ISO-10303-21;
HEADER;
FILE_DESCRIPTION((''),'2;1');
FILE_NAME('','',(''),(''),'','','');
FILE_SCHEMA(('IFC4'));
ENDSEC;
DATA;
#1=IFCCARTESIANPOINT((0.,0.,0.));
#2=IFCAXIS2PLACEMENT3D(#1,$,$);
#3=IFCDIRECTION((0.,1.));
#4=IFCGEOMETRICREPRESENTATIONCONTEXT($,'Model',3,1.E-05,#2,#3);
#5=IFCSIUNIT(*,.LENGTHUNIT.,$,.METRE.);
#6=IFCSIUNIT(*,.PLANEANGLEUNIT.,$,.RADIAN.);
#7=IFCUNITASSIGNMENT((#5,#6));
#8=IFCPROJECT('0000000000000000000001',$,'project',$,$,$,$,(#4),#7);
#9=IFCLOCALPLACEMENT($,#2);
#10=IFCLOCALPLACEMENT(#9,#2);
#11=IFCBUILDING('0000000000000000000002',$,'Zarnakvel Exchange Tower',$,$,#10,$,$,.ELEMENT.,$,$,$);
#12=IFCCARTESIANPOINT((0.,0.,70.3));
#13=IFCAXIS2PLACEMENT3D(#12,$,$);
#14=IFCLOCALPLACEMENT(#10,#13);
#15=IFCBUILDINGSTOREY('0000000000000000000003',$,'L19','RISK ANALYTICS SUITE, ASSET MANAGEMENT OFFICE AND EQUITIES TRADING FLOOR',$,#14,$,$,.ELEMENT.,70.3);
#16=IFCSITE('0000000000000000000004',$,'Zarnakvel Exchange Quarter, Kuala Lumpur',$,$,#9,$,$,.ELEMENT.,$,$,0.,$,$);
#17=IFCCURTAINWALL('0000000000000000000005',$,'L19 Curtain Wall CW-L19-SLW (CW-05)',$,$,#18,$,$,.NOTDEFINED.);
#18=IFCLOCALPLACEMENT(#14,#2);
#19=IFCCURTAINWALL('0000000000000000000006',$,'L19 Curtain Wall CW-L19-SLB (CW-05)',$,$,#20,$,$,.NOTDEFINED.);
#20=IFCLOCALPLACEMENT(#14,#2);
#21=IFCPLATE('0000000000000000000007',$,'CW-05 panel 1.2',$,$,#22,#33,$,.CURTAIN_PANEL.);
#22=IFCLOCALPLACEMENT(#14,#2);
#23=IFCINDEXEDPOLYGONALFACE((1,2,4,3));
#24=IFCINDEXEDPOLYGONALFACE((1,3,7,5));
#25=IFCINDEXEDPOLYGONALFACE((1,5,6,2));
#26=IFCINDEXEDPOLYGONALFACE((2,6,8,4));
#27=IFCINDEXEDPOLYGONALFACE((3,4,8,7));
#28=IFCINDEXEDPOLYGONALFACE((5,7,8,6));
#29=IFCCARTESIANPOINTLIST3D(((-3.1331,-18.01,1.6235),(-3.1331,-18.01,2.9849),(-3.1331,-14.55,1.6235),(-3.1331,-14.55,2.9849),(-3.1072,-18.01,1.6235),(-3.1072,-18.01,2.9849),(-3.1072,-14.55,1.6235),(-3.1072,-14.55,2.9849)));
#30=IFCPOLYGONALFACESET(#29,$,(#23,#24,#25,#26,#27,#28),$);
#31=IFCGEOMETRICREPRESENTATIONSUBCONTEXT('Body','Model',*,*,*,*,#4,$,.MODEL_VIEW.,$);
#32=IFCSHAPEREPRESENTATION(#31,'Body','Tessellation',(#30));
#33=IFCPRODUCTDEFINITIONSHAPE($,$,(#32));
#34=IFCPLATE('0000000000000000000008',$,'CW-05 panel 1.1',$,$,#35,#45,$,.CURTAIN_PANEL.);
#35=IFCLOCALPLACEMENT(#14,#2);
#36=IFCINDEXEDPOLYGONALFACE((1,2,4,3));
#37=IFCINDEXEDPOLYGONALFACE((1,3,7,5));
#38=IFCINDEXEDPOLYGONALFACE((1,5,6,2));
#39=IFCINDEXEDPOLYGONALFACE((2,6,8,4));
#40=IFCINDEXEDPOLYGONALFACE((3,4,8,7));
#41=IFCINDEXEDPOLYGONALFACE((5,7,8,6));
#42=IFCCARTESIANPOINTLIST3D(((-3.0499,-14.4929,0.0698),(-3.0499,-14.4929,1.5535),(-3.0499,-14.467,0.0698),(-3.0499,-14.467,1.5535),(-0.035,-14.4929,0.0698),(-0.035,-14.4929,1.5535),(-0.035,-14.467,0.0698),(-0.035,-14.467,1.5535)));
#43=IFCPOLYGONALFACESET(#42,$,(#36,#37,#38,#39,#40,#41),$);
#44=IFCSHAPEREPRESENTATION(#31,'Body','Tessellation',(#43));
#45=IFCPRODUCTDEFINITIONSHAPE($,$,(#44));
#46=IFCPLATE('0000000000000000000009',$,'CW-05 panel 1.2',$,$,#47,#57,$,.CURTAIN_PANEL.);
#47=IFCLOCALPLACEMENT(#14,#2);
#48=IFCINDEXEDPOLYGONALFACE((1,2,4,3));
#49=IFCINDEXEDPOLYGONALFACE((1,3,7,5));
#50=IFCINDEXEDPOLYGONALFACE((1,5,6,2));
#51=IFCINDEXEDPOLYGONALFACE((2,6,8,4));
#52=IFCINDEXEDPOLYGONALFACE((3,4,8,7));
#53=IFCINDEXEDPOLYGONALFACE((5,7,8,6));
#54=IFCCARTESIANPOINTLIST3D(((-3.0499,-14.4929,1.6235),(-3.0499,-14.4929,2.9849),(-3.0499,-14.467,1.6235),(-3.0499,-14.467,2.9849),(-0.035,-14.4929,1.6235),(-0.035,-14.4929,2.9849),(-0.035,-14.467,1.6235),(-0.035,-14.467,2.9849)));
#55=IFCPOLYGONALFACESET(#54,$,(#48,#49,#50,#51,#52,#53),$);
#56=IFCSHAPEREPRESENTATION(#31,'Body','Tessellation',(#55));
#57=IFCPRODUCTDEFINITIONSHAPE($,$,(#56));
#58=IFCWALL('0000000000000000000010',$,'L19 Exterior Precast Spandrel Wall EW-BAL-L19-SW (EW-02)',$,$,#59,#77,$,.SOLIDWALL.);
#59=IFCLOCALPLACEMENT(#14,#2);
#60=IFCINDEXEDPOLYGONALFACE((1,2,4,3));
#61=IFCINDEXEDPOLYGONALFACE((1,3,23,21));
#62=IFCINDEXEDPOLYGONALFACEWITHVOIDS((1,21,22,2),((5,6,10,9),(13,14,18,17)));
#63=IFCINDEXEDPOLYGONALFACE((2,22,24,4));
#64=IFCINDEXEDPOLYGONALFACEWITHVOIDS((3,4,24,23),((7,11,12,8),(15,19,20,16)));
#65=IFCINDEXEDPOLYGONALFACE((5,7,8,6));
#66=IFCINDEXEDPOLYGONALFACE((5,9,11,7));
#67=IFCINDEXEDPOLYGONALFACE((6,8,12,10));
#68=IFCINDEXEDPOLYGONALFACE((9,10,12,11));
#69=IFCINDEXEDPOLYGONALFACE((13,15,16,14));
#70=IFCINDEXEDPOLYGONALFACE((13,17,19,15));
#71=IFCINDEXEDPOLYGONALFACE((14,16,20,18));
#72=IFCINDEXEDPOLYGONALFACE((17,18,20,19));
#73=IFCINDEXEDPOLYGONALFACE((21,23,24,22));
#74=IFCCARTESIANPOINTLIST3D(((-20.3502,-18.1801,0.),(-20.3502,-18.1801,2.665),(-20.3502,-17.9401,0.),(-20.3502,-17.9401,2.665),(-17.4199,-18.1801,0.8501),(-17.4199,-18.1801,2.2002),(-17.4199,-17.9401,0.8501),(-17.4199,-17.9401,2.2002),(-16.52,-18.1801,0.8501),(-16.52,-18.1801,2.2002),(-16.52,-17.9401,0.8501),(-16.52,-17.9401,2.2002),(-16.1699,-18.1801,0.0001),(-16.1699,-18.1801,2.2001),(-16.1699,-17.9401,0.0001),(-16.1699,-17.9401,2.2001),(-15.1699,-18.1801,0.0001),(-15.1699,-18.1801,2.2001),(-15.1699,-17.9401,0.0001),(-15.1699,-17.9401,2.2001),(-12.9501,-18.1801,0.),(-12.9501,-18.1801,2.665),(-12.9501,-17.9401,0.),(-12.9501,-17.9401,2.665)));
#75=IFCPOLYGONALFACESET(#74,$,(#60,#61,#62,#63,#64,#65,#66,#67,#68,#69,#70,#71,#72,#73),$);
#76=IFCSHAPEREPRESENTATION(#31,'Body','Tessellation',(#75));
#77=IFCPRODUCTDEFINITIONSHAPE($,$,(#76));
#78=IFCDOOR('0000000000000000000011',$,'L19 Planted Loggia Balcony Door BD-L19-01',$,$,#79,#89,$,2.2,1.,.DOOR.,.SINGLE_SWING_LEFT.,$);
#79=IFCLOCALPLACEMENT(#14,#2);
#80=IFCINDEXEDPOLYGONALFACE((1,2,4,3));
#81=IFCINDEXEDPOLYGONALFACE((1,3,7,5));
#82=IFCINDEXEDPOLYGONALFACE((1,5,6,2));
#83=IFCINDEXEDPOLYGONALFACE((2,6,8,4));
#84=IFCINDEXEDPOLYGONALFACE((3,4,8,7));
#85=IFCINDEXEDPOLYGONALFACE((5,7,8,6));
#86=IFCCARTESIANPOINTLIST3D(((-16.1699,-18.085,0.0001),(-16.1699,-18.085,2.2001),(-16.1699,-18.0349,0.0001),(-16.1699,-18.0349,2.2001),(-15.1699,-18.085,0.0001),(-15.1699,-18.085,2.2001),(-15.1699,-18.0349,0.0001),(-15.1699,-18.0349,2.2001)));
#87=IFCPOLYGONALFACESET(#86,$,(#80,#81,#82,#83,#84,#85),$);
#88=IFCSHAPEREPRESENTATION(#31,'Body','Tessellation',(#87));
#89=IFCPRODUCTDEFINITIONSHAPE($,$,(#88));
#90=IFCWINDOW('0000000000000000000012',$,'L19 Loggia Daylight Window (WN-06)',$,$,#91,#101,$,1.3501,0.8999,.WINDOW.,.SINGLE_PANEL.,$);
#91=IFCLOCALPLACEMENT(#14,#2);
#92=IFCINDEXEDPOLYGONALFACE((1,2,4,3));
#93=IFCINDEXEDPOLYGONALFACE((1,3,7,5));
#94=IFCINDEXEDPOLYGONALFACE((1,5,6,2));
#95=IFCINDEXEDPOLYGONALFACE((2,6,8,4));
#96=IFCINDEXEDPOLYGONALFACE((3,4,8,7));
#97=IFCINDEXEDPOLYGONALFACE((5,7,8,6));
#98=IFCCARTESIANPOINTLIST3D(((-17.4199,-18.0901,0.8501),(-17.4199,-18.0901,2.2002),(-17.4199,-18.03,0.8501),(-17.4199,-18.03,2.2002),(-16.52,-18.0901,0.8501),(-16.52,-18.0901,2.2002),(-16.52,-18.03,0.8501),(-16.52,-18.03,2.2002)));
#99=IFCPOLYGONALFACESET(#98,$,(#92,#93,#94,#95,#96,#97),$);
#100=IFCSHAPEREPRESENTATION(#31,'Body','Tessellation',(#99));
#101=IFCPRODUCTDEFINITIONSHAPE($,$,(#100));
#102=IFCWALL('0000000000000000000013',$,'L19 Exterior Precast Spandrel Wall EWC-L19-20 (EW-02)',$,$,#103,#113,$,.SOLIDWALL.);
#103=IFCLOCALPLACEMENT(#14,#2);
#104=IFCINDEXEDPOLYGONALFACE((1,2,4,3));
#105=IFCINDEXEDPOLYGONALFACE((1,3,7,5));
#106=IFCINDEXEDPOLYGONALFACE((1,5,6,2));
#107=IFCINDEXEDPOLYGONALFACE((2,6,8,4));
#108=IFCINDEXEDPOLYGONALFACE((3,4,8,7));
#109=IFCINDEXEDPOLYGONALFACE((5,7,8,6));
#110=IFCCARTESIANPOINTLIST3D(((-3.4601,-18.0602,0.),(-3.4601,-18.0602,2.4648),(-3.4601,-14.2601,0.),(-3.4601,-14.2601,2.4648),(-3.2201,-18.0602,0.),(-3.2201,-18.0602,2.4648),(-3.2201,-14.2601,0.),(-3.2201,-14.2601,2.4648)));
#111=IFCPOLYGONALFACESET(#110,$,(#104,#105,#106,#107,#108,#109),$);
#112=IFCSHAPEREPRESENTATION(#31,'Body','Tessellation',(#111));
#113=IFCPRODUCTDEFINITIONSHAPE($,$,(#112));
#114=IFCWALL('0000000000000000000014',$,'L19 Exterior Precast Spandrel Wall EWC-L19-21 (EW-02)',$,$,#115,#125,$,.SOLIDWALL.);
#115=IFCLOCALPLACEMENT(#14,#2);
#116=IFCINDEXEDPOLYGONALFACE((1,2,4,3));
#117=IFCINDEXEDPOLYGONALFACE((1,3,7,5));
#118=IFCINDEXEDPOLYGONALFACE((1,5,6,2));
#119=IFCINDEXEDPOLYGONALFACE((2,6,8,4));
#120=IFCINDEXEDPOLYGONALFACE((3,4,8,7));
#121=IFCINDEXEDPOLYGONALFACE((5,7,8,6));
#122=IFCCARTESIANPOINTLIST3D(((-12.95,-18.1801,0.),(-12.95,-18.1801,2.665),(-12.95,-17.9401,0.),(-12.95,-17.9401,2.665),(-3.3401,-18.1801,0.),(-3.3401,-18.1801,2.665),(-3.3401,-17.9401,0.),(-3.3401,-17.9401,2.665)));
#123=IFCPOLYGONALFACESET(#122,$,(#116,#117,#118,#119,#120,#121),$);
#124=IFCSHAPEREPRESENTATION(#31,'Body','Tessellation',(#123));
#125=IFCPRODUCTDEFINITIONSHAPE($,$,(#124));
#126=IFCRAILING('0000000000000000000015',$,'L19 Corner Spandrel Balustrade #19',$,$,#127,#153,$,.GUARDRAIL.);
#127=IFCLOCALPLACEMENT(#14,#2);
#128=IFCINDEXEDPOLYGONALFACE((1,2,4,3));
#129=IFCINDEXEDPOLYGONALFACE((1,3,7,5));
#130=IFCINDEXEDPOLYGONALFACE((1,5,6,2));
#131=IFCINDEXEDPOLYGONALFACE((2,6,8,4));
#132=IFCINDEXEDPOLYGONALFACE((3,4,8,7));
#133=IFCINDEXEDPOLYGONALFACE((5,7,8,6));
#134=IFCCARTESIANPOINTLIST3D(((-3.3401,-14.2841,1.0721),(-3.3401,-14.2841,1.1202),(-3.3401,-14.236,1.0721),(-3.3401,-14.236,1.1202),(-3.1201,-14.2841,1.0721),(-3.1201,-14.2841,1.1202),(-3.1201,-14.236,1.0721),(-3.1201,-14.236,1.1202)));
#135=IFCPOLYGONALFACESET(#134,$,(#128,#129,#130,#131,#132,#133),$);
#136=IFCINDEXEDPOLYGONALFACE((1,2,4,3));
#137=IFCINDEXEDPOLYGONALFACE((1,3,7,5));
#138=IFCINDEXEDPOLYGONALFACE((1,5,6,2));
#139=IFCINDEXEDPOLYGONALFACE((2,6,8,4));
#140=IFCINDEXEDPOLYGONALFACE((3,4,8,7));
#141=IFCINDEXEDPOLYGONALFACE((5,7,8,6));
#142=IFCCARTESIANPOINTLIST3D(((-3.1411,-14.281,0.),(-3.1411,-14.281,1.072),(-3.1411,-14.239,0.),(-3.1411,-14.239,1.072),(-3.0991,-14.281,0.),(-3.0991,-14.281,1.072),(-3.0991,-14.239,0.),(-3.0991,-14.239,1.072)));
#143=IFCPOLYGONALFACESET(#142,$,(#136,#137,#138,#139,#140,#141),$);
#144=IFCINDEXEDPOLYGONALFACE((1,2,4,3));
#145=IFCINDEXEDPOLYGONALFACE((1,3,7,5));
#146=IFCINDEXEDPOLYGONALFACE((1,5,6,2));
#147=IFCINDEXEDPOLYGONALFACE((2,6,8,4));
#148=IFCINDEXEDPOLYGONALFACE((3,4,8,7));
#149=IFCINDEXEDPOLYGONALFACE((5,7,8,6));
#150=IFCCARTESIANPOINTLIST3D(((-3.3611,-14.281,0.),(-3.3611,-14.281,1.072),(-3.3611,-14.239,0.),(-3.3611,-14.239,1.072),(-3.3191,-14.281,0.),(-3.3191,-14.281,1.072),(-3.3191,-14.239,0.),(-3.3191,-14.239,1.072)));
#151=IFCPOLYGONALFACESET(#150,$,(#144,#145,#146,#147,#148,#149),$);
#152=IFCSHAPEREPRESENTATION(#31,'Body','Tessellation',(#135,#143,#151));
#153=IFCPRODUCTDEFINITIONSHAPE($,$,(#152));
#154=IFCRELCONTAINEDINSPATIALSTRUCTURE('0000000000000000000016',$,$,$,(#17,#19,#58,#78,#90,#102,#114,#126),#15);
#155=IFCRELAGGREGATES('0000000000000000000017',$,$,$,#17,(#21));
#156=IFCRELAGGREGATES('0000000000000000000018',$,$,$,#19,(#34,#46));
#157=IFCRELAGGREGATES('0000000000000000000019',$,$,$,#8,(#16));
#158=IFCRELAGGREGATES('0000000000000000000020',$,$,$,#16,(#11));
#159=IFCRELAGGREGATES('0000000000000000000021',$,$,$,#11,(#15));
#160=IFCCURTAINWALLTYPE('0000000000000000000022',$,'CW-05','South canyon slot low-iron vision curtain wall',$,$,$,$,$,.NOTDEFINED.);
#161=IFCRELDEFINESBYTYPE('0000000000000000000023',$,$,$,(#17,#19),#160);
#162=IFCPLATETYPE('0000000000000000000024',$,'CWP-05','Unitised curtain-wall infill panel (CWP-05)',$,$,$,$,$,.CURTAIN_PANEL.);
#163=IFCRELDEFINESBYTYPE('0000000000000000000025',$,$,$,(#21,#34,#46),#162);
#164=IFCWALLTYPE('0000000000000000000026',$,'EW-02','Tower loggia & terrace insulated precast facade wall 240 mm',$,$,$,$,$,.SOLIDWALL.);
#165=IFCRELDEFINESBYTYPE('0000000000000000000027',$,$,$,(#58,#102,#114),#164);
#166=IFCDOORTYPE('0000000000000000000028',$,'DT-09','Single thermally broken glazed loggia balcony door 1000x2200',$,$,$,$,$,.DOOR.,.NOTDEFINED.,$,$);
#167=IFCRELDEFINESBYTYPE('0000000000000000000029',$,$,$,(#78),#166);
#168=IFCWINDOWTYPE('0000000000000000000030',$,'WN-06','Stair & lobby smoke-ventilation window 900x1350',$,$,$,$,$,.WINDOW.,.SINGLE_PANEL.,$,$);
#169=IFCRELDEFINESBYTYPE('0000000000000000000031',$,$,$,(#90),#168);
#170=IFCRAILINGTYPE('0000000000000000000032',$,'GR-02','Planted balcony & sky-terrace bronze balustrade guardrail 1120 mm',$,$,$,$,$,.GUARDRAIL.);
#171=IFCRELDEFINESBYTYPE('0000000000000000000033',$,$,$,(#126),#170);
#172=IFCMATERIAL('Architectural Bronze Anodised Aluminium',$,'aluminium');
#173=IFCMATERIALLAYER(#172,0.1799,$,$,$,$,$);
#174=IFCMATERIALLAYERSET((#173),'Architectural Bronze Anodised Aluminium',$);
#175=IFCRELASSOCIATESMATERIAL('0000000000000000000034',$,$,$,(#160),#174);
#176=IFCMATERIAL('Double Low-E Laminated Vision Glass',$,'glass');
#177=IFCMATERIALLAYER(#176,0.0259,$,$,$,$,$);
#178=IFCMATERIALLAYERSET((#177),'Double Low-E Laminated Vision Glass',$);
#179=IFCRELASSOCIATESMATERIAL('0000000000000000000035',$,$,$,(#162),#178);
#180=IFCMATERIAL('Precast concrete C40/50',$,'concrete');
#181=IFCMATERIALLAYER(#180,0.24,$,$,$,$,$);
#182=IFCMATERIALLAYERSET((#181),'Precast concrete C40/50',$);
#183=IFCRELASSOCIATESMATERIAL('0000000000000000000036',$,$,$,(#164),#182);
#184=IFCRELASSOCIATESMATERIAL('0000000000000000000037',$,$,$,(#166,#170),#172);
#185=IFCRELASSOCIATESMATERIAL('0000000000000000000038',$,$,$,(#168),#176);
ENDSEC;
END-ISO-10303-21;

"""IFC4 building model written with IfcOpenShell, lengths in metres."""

from ifc_helpers import new_model, si_unit, direction, frame, frame_2d, origin, origin_2d, place, context, subcontext, project, spatial, rectangle, extrude, source, transform, mapped, material, layer, layer_set, type_object, element, fill, aggregate, save


model = new_model("IFC4")

# Units and contexts
model_context = context("Model", 3, precision=1e-05, world=origin(), true_north=direction((0.0, 1.0)))
body_context = subcontext(model_context, "Body", "Model", "MODEL_VIEW")
ifc_project = project(units=[si_unit("LENGTHUNIT", "METRE"), si_unit("PLANEANGLEUNIT", "RADIAN")], contexts=[model_context])

# Site, building, storey
site_placement = place(None, origin())
site = spatial("IfcSite", under=ifc_project, at=site_placement, Name="Zarnakvel Exchange Quarter, Kuala Lumpur", CompositionType="ELEMENT", RefElevation=0.0)
building_placement = place(site_placement, origin())
building = spatial("IfcBuilding", under=site, at=building_placement, Name="Zarnakvel Exchange Tower", CompositionType="ELEMENT")
storey_placement = place(building_placement, frame((0.0, 0.0, 70.3)))
storey = spatial("IfcBuildingStorey", under=building, at=storey_placement, Name="L19", Description="RISK ANALYTICS SUITE, ASSET MANAGEMENT OFFICE AND EQUITIES TRADING FLOOR", CompositionType="ELEMENT", Elevation=70.3)

# Curtain walls
ifc_material_1 = material(Name="Architectural Bronze Anodised Aluminium", Category="aluminium")
ifc_layer_1 = layer(ifc_material_1, 0.1799)
ifc_layer_set_1 = layer_set([ifc_layer_1], Name="Architectural Bronze Anodised Aluminium")
curtain_wall_type = type_object("IfcCurtainWallType", Name="CW-05", Description="South canyon slot low-iron vision curtain wall", PredefinedType="NOTDEFINED", material=ifc_layer_set_1)
curtain_wall_1_placement = place(storey_placement, origin())
curtain_wall_1 = element("IfcCurtainWall", 1, at=curtain_wall_1_placement, inside=storey, type_object=curtain_wall_type, Name="L19 Curtain Wall CW-L19-SLW (CW-05)", PredefinedType="NOTDEFINED")
curtain_wall_2_placement = place(storey_placement, origin())
curtain_wall_2 = element("IfcCurtainWall", 2, at=curtain_wall_2_placement, inside=storey, type_object=curtain_wall_type, Name="L19 Curtain Wall CW-L19-SLB (CW-05)", PredefinedType="NOTDEFINED")

# Plates
ifc_material_2 = material(Name="Double Low-E Laminated Vision Glass", Category="glass")
ifc_layer_2 = layer(ifc_material_2, 0.0259)
ifc_layer_set_2 = layer_set([ifc_layer_2], Name="Double Low-E Laminated Vision Glass")
plate_type = type_object("IfcPlateType", Name="CWP-05", Description="Unitised curtain-wall infill panel (CWP-05)", PredefinedType="CURTAIN_PANEL", material=ifc_layer_set_2)
shared_shape_1 = source(origin(), body_context, "Body", "SweptSolid", [
    extrude(rectangle(XDim=3.46, YDim=0.0259, at=origin_2d()), origin(), (0.0, 0.0, 1.0), 1.3613),
])
plate_1_placement = place(storey_placement, frame((-3.1201, -16.28, 1.6235), z_axis=(0.0, 0.0, 1.0), x_axis=(0.0, 1.0, 0.0)))
plate_1 = element("IfcPlate", 3, at=plate_1_placement, type_object=plate_type, Name="CW-05 panel 1.2", PredefinedType="CURTAIN_PANEL", context=body_context, shape_type="MappedRepresentation", body=[
    mapped(shared_shape_1, transform((0.0, 0.0, 0.0), x_axis=(1.0, 0.0, 0.0), y_axis=(0.0, 1.0, 0.0), z_axis=(0.0, 0.0, 1.0), scale=1.0)),
])
aggregate(curtain_wall_1, [plate_1])
shared_shape_2 = source(origin(), body_context, "Body", "SweptSolid", [
    extrude(rectangle(XDim=3.0149, YDim=0.0259, at=origin_2d()), origin(), (0.0, 0.0, 1.0), 1.4836),
])
plate_2_placement = place(storey_placement, frame((-1.5425, -14.48, 0.0698), z_axis=(0.0, 0.0, 1.0), x_axis=(1.0, 0.0, 0.0)))
plate_2 = element("IfcPlate", 4, at=plate_2_placement, type_object=plate_type, Name="CW-05 panel 1.1", PredefinedType="CURTAIN_PANEL", context=body_context, shape_type="MappedRepresentation", body=[
    mapped(shared_shape_2, transform((0.0, 0.0, 0.0), x_axis=(1.0, 0.0, 0.0), y_axis=(0.0, 1.0, 0.0), z_axis=(0.0, 0.0, 1.0), scale=1.0)),
])
shared_shape_3 = source(origin(), body_context, "Body", "SweptSolid", [
    extrude(rectangle(XDim=3.0149, YDim=0.0259, at=origin_2d()), origin(), (0.0, 0.0, 1.0), 1.3613),
])
plate_3_placement = place(storey_placement, frame((-1.5425, -14.48, 1.6235), z_axis=(0.0, 0.0, 1.0), x_axis=(1.0, 0.0, 0.0)))
plate_3 = element("IfcPlate", 5, at=plate_3_placement, type_object=plate_type, Name="CW-05 panel 1.2", PredefinedType="CURTAIN_PANEL", context=body_context, shape_type="MappedRepresentation", body=[
    mapped(shared_shape_3, transform((0.0, 0.0, 0.0), x_axis=(1.0, 0.0, 0.0), y_axis=(0.0, 1.0, 0.0), z_axis=(0.0, 0.0, 1.0), scale=1.0)),
])
aggregate(curtain_wall_2, [plate_2, plate_3])

# Wall, openings, door, window
ifc_material_3 = material(Name="Precast concrete C40/50", Category="concrete")
ifc_layer_3 = layer(ifc_material_3, 0.24)
ifc_layer_set_3 = layer_set([ifc_layer_3], Name="Precast concrete C40/50")
wall_type = type_object("IfcWallType", Name="EW-02", Description="Tower loggia & terrace insulated precast facade wall 240 mm", PredefinedType="SOLIDWALL", material=ifc_layer_set_3)
wall_1_placement = place(storey_placement, frame((-12.95, -18.0601, 0.0), z_axis=(0.0, 0.0, 1.0), x_axis=(-1.0, 0.0, 0.0)))
wall_1 = element("IfcWall", 6, at=wall_1_placement, inside=storey, type_object=wall_type, Name="L19 Exterior Precast Spandrel Wall EW-BAL-L19-SW (EW-02)", PredefinedType="SOLIDWALL", context=body_context, shape_type="SweptSolid", body=[
    extrude(rectangle(XDim=7.4001, YDim=0.24, at=frame_2d((3.7002, 0.0))), origin(), (0.0, 0.0, 1.0), 2.665),
])
opening_1_placement = place(wall_1_placement, frame((2.22, 0.0, 0.0)))
opening_1 = element("IfcOpeningElement", 7, at=opening_1_placement, cuts=wall_1, PredefinedType="OPENING", context=body_context, shape_type="SweptSolid", body=[
    extrude(rectangle(XDim=1.0, YDim=2.2, at=frame_2d((0.5, 1.1001))), frame((0.0, 0.1299, 0.0), z_axis=(0.0, -1.0, 0.0), x_axis=(1.0, 0.0, 0.0)), (0.0, 0.0, 1.0), 0.26),
])
opening_2_placement = place(wall_1_placement, frame((3.5701, 0.0, 0.8501)))
opening_2 = element("IfcOpeningElement", 8, at=opening_2_placement, cuts=wall_1, PredefinedType="OPENING", context=body_context, shape_type="SweptSolid", body=[
    extrude(rectangle(XDim=0.8999, YDim=1.3501, at=frame_2d((0.45, 0.675))), frame((0.0, 0.1299, 0.0), z_axis=(0.0, -1.0, 0.0), x_axis=(1.0, 0.0, 0.0)), (0.0, 0.0, 1.0), 0.26),
])
door_type = type_object("IfcDoorType", Name="DT-09", Description="Single thermally broken glazed loggia balcony door 1000x2200", OperationType="NOTDEFINED", PredefinedType="DOOR", material=ifc_material_1)
shared_shape_4 = source(origin(), body_context, "Body", "SweptSolid", [
    extrude(rectangle(XDim=1.0, YDim=2.2, at=frame_2d((0.5, 1.1001))), frame((0.0, 0.0249, 0.0), z_axis=(0.0, -1.0, 0.0), x_axis=(1.0, 0.0, 0.0)), (0.0, 0.0, 1.0), 0.05),
])
door_placement = place(opening_1_placement, origin())
door = element("IfcDoor", 9, at=door_placement, inside=storey, type_object=door_type, Name="L19 Planted Loggia Balcony Door BD-L19-01", OperationType="SINGLE_SWING_LEFT", OverallHeight=2.2, OverallWidth=1.0, PredefinedType="DOOR", context=body_context, shape_type="MappedRepresentation", body=[
    mapped(shared_shape_4, transform((0.0, 0.0, 0.0), x_axis=(1.0, 0.0, 0.0), y_axis=(0.0, 1.0, 0.0), z_axis=(0.0, 0.0, 1.0), scale=1.0)),
])
fill(opening_1, door)
window_type = type_object("IfcWindowType", Name="WN-06", Description="Stair & lobby smoke-ventilation window 900x1350", PartitioningType="SINGLE_PANEL", PredefinedType="WINDOW", material=ifc_material_2)
shared_shape_5 = source(origin(), body_context, "Body", "SweptSolid", [
    extrude(rectangle(XDim=0.8999, YDim=1.3501, at=frame_2d((0.45, 0.675))), frame((0.0, 0.03, 0.0), z_axis=(0.0, -1.0, 0.0), x_axis=(1.0, 0.0, 0.0)), (0.0, 0.0, 1.0), 0.0601),
])
window_placement = place(opening_2_placement, origin())
window = element("IfcWindow", 10, at=window_placement, inside=storey, type_object=window_type, Name="L19 Loggia Daylight Window (WN-06)", OverallHeight=1.3501, OverallWidth=0.8999, PartitioningType="SINGLE_PANEL", PredefinedType="WINDOW", context=body_context, shape_type="MappedRepresentation", body=[
    mapped(shared_shape_5, transform((0.0, 0.0, 0.0), x_axis=(1.0, 0.0, 0.0), y_axis=(0.0, 1.0, 0.0), z_axis=(0.0, 0.0, 1.0), scale=1.0)),
])
fill(opening_2, window)

# Walls
wall_2_placement = place(storey_placement, frame((-3.3401, -18.0601, 0.0), z_axis=(0.0, 0.0, 1.0), x_axis=(0.0, 1.0, 0.0)))
element("IfcWall", 11, at=wall_2_placement, inside=storey, type_object=wall_type, Name="L19 Exterior Precast Spandrel Wall EWC-L19-20 (EW-02)", PredefinedType="SOLIDWALL", context=body_context, shape_type="SweptSolid", body=[
    extrude(rectangle(XDim=3.8, YDim=0.24, at=frame_2d((1.8999, 0.0))), origin(), (0.0, 0.0, 1.0), 2.4648),
])
wall_3_placement = place(storey_placement, frame((-12.95, -18.0601, 0.0), z_axis=(0.0, 0.0, 1.0), x_axis=(1.0, 0.0, 0.0)))
element("IfcWall", 12, at=wall_3_placement, inside=storey, type_object=wall_type, Name="L19 Exterior Precast Spandrel Wall EWC-L19-21 (EW-02)", PredefinedType="SOLIDWALL", context=body_context, shape_type="SweptSolid", body=[
    extrude(rectangle(XDim=9.6099, YDim=0.24, at=frame_2d((4.8049, 0.0))), origin(), (0.0, 0.0, 1.0), 2.665),
])

# Railing
railing_type = type_object("IfcRailingType", Name="GR-02", Description="Planted balcony & sky-terrace bronze balustrade guardrail 1120 mm", PredefinedType="GUARDRAIL", material=ifc_material_1)
railing_placement = place(storey_placement, frame((-3.1201, -14.26, 0.0)))
element("IfcRailing", 13, at=railing_placement, inside=storey, type_object=railing_type, Name="L19 Corner Spandrel Balustrade #19", PredefinedType="GUARDRAIL", context=body_context, shape_type="SweptSolid", body=[
    extrude(rectangle(XDim=0.0481, YDim=0.0481, at=origin_2d()), frame((0.0, 0.0, 1.0962), z_axis=(-1.0, 0.0, 0.0), x_axis=(0.0, -1.0, 0.0)), (0.0, 0.0, 1.0), 0.22),
    extrude(rectangle(XDim=0.042, YDim=0.042, at=origin_2d()), origin(), (0.0, 0.0, 1.0), 1.072),
    extrude(rectangle(XDim=0.042, YDim=0.042, at=origin_2d()), frame((-0.22, 0.0, 0.0)), (0.0, 0.0, 1.0), 1.072),
])

save(model, "model.ifc")
